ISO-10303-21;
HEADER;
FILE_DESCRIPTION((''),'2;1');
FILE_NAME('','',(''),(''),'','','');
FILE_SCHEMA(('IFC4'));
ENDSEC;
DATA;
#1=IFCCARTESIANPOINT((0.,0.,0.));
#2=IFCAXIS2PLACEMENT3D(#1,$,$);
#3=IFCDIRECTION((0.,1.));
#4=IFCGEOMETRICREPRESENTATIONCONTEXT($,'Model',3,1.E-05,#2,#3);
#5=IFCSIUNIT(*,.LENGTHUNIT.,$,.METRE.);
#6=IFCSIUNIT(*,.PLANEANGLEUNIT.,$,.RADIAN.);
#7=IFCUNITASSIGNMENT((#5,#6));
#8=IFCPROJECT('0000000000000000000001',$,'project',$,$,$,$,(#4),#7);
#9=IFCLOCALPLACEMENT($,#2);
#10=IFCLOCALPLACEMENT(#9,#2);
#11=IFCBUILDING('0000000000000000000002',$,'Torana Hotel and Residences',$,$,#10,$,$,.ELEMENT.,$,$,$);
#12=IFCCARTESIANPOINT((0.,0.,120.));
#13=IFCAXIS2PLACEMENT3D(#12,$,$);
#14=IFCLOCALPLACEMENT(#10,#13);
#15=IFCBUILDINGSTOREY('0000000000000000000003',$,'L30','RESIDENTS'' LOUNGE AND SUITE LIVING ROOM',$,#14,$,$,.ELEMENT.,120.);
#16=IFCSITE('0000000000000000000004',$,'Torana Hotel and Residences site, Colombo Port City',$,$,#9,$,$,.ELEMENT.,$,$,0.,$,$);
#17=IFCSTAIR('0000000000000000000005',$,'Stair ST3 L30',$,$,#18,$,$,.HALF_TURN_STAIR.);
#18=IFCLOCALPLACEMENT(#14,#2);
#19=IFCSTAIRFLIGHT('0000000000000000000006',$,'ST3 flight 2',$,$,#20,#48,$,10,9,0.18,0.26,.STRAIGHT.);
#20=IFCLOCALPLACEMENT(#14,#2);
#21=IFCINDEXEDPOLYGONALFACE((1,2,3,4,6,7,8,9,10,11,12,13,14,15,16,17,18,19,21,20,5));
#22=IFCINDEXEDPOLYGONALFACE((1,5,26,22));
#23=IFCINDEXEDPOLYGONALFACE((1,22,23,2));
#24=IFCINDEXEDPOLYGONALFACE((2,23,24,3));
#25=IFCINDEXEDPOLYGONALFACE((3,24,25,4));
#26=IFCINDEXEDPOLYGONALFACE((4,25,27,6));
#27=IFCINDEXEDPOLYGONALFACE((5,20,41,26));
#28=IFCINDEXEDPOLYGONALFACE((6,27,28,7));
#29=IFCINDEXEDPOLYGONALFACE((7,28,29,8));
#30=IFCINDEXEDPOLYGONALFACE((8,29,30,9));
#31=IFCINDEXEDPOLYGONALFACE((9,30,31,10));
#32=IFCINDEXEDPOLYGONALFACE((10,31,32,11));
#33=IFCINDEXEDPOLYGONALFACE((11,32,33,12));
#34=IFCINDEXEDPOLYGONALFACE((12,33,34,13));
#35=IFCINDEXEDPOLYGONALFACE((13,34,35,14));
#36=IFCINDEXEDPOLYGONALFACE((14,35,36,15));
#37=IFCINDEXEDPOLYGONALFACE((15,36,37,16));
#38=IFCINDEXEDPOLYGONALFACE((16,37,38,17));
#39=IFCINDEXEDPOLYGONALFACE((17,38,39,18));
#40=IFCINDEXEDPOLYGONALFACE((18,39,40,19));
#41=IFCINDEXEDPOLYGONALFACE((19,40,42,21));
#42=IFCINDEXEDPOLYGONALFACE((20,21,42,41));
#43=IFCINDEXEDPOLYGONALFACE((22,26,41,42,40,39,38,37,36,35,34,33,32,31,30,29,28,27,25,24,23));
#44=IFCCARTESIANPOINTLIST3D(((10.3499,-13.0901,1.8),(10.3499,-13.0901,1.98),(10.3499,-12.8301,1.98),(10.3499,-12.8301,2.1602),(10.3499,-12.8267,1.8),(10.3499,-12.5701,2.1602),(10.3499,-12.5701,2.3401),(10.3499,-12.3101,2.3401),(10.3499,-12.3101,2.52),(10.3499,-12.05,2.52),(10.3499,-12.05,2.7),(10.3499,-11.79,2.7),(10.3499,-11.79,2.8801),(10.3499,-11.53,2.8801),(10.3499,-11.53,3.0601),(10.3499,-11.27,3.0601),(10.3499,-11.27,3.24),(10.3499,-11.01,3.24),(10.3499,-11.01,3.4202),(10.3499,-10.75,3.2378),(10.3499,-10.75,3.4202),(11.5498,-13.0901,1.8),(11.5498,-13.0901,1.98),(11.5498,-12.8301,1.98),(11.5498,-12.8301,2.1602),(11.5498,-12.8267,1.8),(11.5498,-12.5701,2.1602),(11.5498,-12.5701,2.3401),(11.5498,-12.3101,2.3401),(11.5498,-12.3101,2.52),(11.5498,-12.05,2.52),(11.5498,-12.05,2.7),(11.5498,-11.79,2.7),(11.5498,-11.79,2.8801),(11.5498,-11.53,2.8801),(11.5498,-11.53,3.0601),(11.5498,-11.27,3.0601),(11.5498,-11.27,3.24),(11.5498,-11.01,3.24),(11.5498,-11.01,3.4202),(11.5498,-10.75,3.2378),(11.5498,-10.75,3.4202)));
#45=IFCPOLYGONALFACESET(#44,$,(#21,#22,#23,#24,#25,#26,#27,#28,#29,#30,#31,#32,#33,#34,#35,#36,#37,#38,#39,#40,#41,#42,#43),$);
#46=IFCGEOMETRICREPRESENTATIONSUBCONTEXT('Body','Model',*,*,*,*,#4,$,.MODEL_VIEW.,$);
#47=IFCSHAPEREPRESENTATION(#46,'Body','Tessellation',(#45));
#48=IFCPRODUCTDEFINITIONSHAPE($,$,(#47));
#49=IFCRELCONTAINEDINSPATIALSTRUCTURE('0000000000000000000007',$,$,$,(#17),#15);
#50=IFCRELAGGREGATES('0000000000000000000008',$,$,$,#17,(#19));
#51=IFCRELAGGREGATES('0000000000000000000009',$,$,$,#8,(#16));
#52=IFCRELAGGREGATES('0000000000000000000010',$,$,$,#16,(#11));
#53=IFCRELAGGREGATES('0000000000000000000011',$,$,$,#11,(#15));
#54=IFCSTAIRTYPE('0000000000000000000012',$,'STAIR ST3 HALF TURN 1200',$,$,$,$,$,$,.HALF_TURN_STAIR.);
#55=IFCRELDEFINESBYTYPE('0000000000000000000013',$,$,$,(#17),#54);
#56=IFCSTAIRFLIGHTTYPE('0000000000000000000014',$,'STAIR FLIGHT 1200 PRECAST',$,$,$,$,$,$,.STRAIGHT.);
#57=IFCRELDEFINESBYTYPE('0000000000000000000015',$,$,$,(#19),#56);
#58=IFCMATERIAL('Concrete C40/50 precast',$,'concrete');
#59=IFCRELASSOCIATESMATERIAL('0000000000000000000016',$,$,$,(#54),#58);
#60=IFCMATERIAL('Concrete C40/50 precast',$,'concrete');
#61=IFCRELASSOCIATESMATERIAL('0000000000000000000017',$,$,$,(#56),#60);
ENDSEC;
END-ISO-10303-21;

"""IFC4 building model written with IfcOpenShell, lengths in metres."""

from ifc_helpers import new_model, si_unit, direction, frame, origin, place, context, subcontext, project, spatial, polyline, outline, extrude, material, type_object, element, aggregate, save


model = new_model("IFC4")

# Units and contexts
model_context = context("Model", 3, precision=1e-05, world=origin(), true_north=direction((0.0, 1.0)))
body_context = subcontext(model_context, "Body", "Model", "MODEL_VIEW")
ifc_project = project(units=[si_unit("LENGTHUNIT", "METRE"), si_unit("PLANEANGLEUNIT", "RADIAN")], contexts=[model_context])

# Site, building, storey
site_placement = place(None, origin())
site = spatial("IfcSite", under=ifc_project, at=site_placement, Name="Torana Hotel and Residences site, Colombo Port City", CompositionType="ELEMENT", RefElevation=0.0)
building_placement = place(site_placement, origin())
building = spatial("IfcBuilding", under=site, at=building_placement, Name="Torana Hotel and Residences", CompositionType="ELEMENT")
storey_placement = place(building_placement, frame((0.0, 0.0, 120.0)))
storey = spatial("IfcBuildingStorey", under=building, at=storey_placement, Name="L30", Description="RESIDENTS' LOUNGE AND SUITE LIVING ROOM", CompositionType="ELEMENT", Elevation=120.0)

# Stair, stair flight
ifc_material_1 = material(Name="Concrete C40/50 precast", Category="concrete")
stair_type = type_object("IfcStairType", Name="STAIR ST3 HALF TURN 1200", PredefinedType="HALF_TURN_STAIR", material=ifc_material_1)
stair_placement = place(storey_placement, origin())
stair = element("IfcStair", 1, at=stair_placement, inside=storey, type_object=stair_type, Name="Stair ST3 L30", PredefinedType="HALF_TURN_STAIR")
ifc_material_2 = material(Name="Concrete C40/50 precast", Category="concrete")
stair_flight_type = type_object("IfcStairFlightType", Name="STAIR FLIGHT 1200 PRECAST", PredefinedType="STRAIGHT", material=ifc_material_2)
stair_flight_1_placement = place(storey_placement, frame((10.95, -13.0901, 1.8), z_axis=(0.0, 0.0, 1.0), x_axis=(0.0, 1.0, 0.0)))
stair_flight_1 = element("IfcStairFlight", 2, at=stair_flight_1_placement, type_object=stair_flight_type, Name="ST3 flight 2", NumberOfRisers=10, NumberOfTreads=9, PredefinedType="STRAIGHT", RiserHeight=0.18, TreadLength=0.26, context=body_context, shape_type="SweptSolid", body=[
    extrude(outline(polyline([(0.0, 0.0), (0.0, 0.1799), (0.26, 0.1799), (0.26, 0.3601), (0.52, 0.3601), (0.52, 0.54), (0.78, 0.54), (0.78, 0.72), (1.04, 0.72), (1.04, 0.8999), (1.3, 0.8999), (1.3, 1.0801), (1.5601, 1.0801), (1.5601, 1.26), (1.8201, 1.26), (1.8201, 1.4399), (2.0801, 1.4399), (2.0801, 1.6201), (2.3401, 1.6201), (2.3401, 1.8), (2.3401, 1.4377), (0.2634, 0.0), (0.0, 0.0)])), frame((0.0, 0.6001, 0.0), z_axis=(0.0, -1.0, 0.0), x_axis=(1.0, 0.0, 0.0)), (0.0, 0.0, 1.0), 1.2),
])
aggregate(stair, [stair_flight_1])

save(model, "model.ifc")
